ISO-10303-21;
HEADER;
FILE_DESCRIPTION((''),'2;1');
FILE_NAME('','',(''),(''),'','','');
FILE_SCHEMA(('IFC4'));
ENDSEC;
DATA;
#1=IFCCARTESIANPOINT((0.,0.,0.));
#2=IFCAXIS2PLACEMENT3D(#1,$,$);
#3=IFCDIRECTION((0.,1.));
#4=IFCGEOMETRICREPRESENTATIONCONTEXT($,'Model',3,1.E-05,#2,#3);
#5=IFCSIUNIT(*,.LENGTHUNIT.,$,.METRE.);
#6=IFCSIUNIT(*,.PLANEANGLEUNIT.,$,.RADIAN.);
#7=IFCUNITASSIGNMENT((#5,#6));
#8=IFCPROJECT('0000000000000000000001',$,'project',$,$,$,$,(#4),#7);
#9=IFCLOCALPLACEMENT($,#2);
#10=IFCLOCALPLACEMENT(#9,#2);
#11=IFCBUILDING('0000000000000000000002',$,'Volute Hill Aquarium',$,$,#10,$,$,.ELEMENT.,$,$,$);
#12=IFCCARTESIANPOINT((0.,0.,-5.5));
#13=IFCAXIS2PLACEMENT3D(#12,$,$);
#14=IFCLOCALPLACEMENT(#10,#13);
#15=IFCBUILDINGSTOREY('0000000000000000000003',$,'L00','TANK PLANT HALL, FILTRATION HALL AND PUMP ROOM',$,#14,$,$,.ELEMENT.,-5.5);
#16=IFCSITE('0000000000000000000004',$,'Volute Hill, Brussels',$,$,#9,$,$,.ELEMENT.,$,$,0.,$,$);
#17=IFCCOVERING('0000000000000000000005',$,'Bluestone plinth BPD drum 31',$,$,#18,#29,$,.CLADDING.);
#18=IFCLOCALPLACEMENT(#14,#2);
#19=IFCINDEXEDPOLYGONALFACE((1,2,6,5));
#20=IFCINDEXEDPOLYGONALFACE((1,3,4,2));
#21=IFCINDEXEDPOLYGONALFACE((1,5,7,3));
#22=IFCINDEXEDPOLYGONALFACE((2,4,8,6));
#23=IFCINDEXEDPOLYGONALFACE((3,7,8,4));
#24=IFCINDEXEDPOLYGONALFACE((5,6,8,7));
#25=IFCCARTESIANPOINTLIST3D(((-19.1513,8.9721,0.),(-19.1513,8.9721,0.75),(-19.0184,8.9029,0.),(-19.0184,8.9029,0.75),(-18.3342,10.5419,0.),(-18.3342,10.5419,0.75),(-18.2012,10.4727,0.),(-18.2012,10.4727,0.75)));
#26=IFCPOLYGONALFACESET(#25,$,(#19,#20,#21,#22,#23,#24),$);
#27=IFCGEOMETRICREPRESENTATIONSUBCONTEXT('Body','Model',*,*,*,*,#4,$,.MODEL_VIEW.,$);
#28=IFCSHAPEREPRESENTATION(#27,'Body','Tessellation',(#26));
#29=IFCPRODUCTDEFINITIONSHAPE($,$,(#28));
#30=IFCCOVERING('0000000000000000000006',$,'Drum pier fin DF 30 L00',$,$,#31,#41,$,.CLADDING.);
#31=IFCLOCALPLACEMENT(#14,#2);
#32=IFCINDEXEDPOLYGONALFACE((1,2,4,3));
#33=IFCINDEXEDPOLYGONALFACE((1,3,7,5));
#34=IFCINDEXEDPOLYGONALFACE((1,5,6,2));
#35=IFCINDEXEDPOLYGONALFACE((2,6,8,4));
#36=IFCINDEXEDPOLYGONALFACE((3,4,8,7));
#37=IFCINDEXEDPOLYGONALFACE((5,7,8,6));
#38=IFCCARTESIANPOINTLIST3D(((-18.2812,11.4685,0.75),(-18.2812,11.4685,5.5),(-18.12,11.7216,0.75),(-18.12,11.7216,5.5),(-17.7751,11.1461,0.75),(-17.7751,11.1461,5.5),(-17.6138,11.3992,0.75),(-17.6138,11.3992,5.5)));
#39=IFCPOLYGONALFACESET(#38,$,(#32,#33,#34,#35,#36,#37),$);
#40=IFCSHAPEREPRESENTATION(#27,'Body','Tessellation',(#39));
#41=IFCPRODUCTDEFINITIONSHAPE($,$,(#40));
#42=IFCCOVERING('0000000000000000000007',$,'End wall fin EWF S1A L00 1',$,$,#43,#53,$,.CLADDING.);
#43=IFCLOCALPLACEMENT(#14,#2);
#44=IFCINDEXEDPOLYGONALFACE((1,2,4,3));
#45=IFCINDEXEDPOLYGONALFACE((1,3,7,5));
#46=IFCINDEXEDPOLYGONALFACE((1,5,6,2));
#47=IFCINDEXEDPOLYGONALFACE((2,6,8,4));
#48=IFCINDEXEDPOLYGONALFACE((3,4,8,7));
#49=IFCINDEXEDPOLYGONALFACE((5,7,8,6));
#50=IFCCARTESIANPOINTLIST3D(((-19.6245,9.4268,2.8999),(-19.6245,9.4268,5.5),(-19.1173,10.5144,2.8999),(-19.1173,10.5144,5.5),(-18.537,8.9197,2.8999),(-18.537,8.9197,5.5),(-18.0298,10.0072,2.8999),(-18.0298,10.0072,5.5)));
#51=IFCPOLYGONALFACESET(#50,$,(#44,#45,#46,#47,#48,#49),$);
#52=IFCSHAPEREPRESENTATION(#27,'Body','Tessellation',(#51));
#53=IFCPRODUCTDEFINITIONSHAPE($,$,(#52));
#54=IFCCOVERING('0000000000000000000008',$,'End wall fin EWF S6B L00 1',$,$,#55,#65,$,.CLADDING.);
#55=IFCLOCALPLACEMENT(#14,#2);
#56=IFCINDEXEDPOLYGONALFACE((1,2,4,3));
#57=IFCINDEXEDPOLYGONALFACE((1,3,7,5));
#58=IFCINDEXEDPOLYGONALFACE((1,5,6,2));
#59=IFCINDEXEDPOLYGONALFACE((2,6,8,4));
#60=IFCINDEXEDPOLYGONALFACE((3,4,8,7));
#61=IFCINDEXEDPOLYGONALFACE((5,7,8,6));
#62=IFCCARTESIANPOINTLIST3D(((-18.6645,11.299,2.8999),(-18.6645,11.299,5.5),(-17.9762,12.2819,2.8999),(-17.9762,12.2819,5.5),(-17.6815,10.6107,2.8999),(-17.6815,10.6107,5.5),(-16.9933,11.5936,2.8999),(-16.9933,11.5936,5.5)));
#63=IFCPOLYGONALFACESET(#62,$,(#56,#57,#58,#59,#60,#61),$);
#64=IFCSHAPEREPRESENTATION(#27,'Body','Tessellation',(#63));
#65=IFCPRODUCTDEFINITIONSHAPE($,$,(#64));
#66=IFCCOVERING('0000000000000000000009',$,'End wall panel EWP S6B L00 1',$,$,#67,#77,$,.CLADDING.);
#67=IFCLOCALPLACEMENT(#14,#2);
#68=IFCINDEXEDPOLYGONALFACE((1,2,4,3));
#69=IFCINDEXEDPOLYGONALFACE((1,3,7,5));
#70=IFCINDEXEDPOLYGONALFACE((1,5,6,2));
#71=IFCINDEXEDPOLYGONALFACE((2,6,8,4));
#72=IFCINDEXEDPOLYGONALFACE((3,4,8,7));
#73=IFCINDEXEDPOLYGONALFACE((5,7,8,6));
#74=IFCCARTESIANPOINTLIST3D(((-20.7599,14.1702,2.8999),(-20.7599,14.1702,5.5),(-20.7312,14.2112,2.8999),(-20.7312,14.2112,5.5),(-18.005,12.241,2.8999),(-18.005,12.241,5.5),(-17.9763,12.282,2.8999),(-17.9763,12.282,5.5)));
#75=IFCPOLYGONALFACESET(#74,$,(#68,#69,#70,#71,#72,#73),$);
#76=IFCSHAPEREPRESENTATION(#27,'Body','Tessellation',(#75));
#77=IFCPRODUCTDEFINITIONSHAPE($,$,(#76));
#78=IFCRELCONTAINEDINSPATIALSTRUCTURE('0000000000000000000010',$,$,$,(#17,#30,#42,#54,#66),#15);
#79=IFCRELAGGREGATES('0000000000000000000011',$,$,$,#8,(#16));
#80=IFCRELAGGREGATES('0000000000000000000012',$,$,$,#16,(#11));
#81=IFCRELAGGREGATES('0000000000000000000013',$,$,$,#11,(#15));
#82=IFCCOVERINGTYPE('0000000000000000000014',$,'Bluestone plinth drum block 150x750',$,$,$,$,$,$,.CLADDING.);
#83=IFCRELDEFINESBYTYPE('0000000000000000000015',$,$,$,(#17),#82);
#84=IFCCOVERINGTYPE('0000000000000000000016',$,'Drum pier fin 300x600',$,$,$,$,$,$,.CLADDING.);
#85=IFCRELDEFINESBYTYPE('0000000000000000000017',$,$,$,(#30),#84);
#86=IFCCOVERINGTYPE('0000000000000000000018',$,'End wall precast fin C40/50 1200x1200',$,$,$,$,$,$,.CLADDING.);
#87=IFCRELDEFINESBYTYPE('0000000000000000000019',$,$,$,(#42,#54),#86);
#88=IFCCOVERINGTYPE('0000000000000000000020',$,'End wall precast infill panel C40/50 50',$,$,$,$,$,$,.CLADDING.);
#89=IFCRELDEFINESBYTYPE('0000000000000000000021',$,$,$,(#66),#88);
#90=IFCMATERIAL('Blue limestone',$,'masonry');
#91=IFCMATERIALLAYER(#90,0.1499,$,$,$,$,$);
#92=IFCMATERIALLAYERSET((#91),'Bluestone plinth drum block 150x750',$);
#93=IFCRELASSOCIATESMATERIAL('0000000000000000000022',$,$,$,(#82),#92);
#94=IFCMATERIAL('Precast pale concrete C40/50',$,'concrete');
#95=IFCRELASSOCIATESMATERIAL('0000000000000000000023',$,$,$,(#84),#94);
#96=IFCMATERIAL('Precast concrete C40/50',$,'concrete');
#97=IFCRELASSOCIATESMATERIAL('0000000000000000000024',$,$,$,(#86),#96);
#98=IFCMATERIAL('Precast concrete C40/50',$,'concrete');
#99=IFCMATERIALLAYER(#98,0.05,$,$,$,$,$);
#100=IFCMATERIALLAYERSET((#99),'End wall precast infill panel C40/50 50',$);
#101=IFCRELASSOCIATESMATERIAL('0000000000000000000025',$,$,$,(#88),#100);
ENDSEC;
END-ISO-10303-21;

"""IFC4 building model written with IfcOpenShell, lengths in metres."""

from ifc_helpers import new_model, si_unit, direction, frame, origin, origin_2d, place, context, subcontext, project, spatial, polyline, rectangle, outline, extrude, material, layer, layer_set, type_object, element, save


model = new_model("IFC4")

# Units and contexts
model_context = context("Model", 3, precision=1e-05, world=origin(), true_north=direction((0.0, 1.0)))
body_context = subcontext(model_context, "Body", "Model", "MODEL_VIEW")
ifc_project = project(units=[si_unit("LENGTHUNIT", "METRE"), si_unit("PLANEANGLEUNIT", "RADIAN")], contexts=[model_context])

# Site, building, storey
site_placement = place(None, origin())
site = spatial("IfcSite", under=ifc_project, at=site_placement, Name="Volute Hill, Brussels", CompositionType="ELEMENT", RefElevation=0.0)
building_placement = place(site_placement, origin())
building = spatial("IfcBuilding", under=site, at=building_placement, Name="Volute Hill Aquarium", CompositionType="ELEMENT")
storey_placement = place(building_placement, frame((0.0, 0.0, -5.5)))
storey = spatial("IfcBuildingStorey", under=building, at=storey_placement, Name="L00", Description="TANK PLANT HALL, FILTRATION HALL AND PUMP ROOM", CompositionType="ELEMENT", Elevation=-5.5)

# Coverings
ifc_material_1 = material(Name="Blue limestone", Category="masonry")
ifc_layer_1 = layer(ifc_material_1, 0.1499)
ifc_layer_set_1 = layer_set([ifc_layer_1], Name="Bluestone plinth drum block 150x750")
covering_type_1 = type_object("IfcCoveringType", Name="Bluestone plinth drum block 150x750", PredefinedType="CLADDING", material=ifc_layer_set_1)
for number, where, z_axis, x_axis, name in (
    (1, (-18.6763, 9.7224, 0.0), (0.0, 0.0, 1.0), (-0.461749, -0.887011, 0.0), "Bluestone plinth BPD drum 31"),
):
    element("IfcCovering", number, at=place(storey_placement, frame(where, z_axis=z_axis, x_axis=x_axis)), inside=storey, type_object=covering_type_1, Name=name, PredefinedType="CLADDING", context=body_context, shape_type="SweptSolid", body=[
        extrude(rectangle(XDim=1.7698, YDim=0.1499, at=origin_2d()), origin(), (0.0, 0.0, 1.0), 0.75),
    ])
ifc_material_2 = material(Name="Precast pale concrete C40/50", Category="concrete")
covering_type_2 = type_object("IfcCoveringType", Name="Drum pier fin 300x600", PredefinedType="CLADDING", material=ifc_material_2)
covering_1_placement = place(storey_placement, frame((-17.9475, 11.4338, 0.75), z_axis=(0.0, 0.0, 1.0), x_axis=(-0.5373, -0.843391, 0.0)))
element("IfcCovering", 2, at=covering_1_placement, inside=storey, type_object=covering_type_2, Name="Drum pier fin DF 30 L00", PredefinedType="CLADDING", context=body_context, shape_type="SweptSolid", body=[
    extrude(rectangle(XDim=0.3, YDim=0.6001, at=origin_2d()), origin(), (0.0, 0.0, 1.0), 4.75),
])
ifc_material_3 = material(Name="Precast concrete C40/50", Category="concrete")
covering_type_3 = type_object("IfcCoveringType", Name="End wall precast fin C40/50 1200x1200", PredefinedType="CLADDING", material=ifc_material_3)
for number, where, z_axis, x_axis, name in (
    (3, (-18.8271, 9.717, 2.8999), (0.0, 0.0, 1.0), (-0.906304, 0.422626, 0.0), "End wall fin EWF S1A L00 1"),
    (4, (-17.8289, 11.4463, 2.8999), (0.0, 0.0, 1.0), (-0.819151, 0.573577, 0.0), "End wall fin EWF S6B L00 1"),
):
    element("IfcCovering", number, at=place(storey_placement, frame(where, z_axis=z_axis, x_axis=x_axis)), inside=storey, type_object=covering_type_3, Name=name, PredefinedType="CLADDING", context=body_context, shape_type="SweptSolid", body=[
        extrude(rectangle(XDim=1.2, YDim=1.2, at=origin_2d()), origin(), (0.0, 0.0, 1.0), 2.6001),
    ])
ifc_material_4 = material(Name="Precast concrete C40/50", Category="concrete")
ifc_layer_2 = layer(ifc_material_4, 0.05)
ifc_layer_set_2 = layer_set([ifc_layer_2], Name="End wall precast infill panel C40/50 50")
covering_type_4 = type_object("IfcCoveringType", Name="End wall precast infill panel C40/50 50", PredefinedType="CLADDING", material=ifc_layer_set_2)
covering_2_placement = place(storey_placement, frame((-17.9763, 12.282, 2.8999), z_axis=(0.573618, 0.819123, 0.0), x_axis=(-0.819123, 0.573618, 0.0)))
element("IfcCovering", 5, at=covering_2_placement, inside=storey, type_object=covering_type_4, Name="End wall panel EWP S6B L00 1", PredefinedType="CLADDING", context=body_context, shape_type="SweptSolid", body=[
    extrude(outline(polyline([(0.0, 0.0), (3.3632, 0.0), (3.3632, 2.6001), (0.0, 2.6001), (0.0, 0.0)])), origin(), (0.0, 0.0, -1.0), 0.05),
])

save(model, "model.ifc")
